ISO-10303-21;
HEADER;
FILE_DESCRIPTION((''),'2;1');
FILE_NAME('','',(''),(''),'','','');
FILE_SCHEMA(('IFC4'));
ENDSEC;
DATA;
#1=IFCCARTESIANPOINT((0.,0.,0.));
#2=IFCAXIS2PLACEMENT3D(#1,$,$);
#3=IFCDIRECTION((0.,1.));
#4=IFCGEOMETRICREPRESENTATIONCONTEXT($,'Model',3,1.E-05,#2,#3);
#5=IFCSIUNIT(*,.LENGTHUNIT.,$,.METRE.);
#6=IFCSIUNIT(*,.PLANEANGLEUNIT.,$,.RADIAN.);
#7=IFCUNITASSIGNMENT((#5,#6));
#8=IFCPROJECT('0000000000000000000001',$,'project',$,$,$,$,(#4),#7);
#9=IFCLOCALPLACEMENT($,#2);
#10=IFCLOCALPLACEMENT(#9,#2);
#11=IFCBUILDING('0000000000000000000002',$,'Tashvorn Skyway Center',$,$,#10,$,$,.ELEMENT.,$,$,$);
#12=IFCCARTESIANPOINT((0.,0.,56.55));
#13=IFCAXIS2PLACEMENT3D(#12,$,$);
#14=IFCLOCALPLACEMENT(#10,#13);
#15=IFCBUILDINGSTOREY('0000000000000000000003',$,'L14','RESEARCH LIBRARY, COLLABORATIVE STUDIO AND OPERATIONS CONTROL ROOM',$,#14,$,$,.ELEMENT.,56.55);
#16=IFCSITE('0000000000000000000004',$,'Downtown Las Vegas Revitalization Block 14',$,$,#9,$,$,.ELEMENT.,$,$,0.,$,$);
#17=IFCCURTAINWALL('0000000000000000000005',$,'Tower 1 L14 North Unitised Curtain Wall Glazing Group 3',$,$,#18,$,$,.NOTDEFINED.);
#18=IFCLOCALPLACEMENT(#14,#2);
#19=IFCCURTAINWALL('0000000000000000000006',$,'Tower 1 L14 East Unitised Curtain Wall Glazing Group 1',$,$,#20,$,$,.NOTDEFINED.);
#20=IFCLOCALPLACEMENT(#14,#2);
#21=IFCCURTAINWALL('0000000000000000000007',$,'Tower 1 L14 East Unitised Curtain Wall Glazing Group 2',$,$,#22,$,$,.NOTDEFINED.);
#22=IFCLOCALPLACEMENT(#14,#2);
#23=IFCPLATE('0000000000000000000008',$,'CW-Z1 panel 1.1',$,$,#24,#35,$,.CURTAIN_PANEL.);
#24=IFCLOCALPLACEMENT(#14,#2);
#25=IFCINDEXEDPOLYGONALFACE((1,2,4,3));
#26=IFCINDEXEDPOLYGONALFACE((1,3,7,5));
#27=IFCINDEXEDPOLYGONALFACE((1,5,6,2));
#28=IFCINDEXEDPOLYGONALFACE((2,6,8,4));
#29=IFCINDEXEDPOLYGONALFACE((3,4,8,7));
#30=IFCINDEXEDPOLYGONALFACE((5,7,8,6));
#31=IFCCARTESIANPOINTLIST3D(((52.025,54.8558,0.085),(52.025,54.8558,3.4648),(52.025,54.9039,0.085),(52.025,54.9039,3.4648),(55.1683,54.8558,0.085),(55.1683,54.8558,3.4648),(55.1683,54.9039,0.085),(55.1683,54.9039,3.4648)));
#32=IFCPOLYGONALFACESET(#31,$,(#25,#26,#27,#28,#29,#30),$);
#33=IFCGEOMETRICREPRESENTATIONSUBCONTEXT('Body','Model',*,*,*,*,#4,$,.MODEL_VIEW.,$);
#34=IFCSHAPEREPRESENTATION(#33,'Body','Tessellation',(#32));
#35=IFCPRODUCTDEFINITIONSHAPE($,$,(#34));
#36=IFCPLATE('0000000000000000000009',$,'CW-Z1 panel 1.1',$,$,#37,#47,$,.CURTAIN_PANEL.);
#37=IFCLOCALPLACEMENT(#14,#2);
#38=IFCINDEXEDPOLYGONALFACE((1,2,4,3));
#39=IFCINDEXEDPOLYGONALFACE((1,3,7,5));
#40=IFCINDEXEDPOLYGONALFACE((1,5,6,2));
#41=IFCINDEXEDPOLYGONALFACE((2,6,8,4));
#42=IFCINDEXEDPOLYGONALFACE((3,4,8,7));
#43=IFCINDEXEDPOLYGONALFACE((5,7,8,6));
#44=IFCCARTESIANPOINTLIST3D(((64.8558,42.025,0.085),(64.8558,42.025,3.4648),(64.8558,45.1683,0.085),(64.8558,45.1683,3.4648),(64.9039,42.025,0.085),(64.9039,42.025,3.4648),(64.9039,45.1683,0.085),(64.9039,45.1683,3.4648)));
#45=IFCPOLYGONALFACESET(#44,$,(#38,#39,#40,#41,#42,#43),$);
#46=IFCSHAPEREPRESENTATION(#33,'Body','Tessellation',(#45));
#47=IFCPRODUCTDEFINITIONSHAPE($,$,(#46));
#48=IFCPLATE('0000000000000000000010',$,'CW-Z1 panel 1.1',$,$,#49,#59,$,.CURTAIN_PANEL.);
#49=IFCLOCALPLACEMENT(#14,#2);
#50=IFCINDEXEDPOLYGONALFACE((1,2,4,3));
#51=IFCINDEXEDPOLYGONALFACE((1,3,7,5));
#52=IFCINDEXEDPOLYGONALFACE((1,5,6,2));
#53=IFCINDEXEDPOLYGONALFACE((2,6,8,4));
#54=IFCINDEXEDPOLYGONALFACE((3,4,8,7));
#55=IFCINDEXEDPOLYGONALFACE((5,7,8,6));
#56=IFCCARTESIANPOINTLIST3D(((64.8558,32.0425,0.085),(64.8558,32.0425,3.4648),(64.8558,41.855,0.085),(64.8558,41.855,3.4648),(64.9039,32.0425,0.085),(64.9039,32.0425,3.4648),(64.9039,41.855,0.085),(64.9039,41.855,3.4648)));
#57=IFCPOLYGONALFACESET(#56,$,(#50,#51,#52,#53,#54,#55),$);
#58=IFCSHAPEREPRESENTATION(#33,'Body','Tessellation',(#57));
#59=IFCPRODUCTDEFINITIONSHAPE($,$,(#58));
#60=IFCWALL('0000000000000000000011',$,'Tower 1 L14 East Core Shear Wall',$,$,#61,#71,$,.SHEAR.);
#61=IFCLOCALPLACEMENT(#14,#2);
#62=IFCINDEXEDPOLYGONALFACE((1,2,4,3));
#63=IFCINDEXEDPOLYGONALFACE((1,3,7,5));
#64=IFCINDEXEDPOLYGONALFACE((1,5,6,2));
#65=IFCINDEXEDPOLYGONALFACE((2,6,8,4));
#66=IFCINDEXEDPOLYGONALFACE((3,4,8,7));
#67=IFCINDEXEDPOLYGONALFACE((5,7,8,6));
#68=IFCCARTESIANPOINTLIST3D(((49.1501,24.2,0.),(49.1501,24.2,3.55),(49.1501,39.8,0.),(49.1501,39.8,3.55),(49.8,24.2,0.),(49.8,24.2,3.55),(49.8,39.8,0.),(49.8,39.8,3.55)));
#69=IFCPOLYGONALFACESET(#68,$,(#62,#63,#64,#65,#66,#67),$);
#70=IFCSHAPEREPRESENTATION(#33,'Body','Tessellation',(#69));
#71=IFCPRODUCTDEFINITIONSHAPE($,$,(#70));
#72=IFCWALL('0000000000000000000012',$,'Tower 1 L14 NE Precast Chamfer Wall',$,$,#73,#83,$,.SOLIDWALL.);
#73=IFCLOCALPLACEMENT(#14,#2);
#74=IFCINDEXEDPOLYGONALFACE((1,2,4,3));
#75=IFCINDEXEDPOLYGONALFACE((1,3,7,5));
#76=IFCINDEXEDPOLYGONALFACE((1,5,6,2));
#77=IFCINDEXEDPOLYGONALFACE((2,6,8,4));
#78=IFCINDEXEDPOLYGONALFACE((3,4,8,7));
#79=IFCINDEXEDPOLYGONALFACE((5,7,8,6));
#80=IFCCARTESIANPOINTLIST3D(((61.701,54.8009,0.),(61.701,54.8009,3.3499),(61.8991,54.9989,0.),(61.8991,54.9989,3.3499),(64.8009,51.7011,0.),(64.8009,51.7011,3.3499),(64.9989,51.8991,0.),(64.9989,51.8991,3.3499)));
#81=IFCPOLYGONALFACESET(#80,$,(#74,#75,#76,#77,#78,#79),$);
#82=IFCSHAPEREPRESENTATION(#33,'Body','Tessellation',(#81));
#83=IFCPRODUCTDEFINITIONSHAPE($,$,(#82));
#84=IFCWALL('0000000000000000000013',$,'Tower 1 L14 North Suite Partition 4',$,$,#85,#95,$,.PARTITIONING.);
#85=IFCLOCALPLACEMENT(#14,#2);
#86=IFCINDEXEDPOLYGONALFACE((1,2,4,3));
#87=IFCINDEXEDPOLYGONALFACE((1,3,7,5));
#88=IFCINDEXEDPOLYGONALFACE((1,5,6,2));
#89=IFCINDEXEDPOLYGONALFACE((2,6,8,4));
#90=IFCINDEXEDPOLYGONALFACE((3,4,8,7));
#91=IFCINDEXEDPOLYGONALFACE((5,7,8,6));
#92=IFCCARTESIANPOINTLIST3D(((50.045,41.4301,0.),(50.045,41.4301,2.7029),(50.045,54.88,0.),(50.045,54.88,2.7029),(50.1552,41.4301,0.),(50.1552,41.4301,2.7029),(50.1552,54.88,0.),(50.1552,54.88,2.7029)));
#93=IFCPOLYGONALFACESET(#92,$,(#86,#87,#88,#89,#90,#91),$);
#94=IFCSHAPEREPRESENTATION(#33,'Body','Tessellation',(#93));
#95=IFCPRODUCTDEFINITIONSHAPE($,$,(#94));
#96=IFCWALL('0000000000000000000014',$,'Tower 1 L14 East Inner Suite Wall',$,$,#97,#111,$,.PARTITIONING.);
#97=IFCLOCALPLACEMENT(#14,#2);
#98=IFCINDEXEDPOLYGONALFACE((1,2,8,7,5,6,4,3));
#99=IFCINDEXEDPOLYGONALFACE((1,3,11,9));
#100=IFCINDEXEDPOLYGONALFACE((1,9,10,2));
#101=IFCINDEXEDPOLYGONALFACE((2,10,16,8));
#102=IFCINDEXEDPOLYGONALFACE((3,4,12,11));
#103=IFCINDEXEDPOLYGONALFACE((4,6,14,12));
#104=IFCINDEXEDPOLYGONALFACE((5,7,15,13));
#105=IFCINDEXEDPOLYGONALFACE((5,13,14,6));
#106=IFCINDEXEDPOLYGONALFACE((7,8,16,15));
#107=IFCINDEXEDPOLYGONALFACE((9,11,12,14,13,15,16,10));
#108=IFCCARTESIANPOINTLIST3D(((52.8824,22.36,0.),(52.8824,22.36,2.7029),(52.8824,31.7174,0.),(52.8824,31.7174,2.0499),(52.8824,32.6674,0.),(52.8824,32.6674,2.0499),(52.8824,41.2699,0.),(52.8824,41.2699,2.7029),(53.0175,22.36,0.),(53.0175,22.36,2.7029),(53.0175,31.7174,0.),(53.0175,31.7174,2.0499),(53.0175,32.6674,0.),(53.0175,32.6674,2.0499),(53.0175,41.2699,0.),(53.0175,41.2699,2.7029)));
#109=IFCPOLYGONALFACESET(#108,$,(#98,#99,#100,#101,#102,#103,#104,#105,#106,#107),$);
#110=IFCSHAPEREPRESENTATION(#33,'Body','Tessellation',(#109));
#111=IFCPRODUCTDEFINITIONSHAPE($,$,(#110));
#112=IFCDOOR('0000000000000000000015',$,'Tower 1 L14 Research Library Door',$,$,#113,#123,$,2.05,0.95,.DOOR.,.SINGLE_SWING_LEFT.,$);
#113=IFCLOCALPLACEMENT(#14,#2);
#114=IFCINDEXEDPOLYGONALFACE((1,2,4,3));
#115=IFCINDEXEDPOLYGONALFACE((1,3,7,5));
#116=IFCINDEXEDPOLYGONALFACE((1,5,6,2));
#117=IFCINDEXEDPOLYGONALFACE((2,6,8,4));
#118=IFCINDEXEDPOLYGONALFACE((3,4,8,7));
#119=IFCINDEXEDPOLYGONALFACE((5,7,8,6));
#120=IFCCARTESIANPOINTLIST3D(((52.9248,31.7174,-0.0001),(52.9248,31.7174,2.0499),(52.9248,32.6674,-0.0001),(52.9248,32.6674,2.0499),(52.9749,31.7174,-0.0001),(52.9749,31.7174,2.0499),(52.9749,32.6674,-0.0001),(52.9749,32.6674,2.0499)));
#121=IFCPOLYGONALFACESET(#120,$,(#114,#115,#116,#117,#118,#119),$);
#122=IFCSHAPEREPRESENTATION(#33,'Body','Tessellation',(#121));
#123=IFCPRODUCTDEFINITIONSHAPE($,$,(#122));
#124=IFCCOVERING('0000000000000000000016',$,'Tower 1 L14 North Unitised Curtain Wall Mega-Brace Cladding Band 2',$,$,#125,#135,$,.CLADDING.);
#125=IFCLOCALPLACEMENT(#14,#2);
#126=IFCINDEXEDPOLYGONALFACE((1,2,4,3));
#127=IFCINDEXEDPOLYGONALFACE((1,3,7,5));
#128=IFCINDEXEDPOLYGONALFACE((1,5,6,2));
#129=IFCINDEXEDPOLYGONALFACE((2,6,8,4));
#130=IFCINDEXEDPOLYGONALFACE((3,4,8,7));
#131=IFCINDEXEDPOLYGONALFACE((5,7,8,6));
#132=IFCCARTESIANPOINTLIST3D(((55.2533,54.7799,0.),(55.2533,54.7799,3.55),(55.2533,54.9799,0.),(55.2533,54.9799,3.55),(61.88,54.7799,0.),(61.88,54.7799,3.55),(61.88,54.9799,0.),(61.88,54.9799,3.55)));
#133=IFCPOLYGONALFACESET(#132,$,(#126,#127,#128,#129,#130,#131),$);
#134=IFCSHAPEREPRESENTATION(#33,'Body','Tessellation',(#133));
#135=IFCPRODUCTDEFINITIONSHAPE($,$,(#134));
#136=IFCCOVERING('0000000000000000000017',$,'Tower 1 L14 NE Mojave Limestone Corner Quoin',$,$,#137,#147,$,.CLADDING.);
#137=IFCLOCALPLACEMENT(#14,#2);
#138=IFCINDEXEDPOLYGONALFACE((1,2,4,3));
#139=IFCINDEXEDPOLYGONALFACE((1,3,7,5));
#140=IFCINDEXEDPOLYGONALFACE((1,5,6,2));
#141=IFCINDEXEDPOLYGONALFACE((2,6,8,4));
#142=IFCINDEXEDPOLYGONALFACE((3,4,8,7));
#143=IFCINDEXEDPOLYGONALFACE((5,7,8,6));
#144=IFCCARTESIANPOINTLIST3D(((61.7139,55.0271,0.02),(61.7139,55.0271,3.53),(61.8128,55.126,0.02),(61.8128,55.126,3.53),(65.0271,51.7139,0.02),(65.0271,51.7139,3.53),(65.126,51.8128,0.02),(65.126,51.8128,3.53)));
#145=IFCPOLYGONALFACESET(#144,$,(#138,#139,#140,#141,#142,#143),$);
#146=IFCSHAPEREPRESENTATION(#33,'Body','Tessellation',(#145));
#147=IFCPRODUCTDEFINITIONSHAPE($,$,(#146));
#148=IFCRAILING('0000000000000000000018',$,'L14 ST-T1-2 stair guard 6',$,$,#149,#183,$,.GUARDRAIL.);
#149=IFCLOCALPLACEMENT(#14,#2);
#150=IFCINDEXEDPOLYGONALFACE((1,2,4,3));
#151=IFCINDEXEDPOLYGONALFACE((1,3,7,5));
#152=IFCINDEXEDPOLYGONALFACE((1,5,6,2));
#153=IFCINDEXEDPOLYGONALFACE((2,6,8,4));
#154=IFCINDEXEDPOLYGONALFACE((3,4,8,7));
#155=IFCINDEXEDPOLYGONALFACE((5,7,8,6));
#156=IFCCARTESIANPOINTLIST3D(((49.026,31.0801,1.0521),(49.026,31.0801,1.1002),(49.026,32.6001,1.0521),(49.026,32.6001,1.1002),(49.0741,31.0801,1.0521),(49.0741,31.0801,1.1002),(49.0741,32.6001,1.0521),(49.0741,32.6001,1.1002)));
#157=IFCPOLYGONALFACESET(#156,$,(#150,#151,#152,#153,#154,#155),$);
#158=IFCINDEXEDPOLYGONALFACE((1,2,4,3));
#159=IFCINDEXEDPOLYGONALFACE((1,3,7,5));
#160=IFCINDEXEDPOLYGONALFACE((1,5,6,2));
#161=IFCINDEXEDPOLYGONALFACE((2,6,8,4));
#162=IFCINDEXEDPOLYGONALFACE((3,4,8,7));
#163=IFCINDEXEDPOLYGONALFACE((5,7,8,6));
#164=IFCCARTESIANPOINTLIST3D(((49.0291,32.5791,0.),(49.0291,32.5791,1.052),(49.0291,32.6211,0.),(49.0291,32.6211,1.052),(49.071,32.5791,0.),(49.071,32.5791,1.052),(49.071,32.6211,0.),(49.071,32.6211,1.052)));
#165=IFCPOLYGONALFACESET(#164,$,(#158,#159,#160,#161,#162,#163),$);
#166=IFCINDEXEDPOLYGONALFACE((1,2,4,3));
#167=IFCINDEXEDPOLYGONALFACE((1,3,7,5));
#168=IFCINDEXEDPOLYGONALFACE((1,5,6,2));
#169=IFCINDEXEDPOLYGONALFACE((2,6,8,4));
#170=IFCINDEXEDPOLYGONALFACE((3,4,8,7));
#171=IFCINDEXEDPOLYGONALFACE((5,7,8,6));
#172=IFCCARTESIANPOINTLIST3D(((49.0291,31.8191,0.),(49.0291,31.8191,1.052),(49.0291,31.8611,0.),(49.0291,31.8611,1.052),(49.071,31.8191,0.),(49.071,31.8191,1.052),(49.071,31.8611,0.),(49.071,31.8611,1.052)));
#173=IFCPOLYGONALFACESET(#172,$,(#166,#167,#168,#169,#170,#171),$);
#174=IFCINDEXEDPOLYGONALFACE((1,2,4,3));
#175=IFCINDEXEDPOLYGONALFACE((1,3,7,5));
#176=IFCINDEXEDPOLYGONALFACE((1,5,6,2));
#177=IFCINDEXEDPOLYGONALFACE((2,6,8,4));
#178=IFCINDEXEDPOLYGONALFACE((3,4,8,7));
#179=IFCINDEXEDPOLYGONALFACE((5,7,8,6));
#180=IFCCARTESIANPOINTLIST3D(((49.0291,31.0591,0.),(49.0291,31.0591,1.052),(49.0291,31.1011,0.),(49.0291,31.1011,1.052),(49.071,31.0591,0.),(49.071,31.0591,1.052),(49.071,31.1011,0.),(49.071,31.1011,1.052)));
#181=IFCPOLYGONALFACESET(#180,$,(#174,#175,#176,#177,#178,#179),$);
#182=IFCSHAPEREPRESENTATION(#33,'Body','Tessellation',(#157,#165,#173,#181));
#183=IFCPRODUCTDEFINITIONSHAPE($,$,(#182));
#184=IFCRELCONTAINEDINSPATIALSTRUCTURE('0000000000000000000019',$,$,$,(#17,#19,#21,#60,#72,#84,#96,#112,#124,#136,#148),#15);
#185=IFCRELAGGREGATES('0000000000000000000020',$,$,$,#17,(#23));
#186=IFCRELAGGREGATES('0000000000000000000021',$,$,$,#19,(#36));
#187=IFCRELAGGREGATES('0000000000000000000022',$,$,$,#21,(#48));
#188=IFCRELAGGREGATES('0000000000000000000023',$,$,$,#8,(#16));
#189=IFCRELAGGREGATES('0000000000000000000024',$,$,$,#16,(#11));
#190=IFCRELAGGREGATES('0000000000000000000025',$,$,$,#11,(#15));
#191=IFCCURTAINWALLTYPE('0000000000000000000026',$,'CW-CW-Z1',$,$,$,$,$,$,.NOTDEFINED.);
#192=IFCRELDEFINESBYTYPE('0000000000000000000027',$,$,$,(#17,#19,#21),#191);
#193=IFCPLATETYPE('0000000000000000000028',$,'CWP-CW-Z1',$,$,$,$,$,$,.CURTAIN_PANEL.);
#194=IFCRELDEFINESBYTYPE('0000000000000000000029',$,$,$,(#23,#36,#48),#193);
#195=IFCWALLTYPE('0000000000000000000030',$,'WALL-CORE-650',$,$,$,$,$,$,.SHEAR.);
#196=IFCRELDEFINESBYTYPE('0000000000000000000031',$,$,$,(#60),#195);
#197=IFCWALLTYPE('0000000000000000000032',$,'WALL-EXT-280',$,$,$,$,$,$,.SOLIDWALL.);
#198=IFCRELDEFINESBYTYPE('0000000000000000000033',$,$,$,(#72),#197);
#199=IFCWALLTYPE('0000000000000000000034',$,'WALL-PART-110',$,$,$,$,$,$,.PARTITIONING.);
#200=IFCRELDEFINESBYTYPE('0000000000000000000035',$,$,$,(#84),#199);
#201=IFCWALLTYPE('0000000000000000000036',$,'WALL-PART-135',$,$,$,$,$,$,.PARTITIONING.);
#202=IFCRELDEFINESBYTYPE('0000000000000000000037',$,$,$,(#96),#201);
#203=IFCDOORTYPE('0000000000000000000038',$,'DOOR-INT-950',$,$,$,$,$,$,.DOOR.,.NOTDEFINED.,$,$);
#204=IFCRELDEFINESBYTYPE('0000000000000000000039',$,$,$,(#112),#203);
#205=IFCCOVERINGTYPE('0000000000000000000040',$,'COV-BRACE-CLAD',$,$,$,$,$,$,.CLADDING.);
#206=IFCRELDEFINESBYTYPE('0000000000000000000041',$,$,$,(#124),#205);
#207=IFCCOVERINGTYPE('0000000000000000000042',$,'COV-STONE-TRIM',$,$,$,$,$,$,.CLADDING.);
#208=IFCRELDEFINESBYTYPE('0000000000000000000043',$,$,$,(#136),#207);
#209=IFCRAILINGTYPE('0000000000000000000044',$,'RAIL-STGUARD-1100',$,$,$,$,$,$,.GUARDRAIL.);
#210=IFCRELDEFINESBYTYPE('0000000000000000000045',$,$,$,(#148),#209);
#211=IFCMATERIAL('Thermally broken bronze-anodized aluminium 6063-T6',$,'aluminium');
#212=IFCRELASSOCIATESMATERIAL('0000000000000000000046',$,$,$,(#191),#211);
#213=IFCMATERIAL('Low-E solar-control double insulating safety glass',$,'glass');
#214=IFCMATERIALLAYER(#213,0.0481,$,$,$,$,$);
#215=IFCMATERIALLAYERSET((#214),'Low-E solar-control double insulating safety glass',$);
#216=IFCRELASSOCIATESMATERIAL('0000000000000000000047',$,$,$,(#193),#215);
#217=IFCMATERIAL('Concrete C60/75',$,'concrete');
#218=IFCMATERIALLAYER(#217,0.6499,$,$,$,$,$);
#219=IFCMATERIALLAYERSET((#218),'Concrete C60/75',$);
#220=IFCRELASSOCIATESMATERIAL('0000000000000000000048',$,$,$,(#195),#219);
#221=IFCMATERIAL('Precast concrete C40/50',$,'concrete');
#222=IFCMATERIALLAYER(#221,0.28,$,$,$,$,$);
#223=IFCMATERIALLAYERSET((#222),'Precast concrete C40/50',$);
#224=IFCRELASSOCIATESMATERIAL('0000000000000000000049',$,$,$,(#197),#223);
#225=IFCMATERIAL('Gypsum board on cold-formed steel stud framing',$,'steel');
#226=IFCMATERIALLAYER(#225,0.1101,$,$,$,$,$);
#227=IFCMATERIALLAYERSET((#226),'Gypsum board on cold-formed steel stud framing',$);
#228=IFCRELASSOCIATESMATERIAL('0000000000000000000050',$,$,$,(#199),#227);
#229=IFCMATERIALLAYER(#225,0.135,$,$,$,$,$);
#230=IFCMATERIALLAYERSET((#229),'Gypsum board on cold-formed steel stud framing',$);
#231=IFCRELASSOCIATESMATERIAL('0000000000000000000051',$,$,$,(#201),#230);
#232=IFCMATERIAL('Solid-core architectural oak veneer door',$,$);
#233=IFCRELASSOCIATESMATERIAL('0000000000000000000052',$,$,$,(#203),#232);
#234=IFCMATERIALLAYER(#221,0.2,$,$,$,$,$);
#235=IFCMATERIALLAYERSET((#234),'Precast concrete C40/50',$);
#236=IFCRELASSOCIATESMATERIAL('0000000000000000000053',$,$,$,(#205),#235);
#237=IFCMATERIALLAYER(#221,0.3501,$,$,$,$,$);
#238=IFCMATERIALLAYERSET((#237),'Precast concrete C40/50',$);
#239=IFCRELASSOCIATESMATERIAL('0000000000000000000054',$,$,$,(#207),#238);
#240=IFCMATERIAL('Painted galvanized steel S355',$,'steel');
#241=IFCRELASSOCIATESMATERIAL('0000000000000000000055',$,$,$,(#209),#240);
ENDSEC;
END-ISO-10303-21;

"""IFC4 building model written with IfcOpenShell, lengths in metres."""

from ifc_helpers import new_model, si_unit, direction, frame, frame_2d, origin, origin_2d, place, context, subcontext, project, spatial, rectangle, extrude, material, layer, layer_set, type_object, element, fill, aggregate, save


model = new_model("IFC4")

# Units and contexts
model_context = context("Model", 3, precision=1e-05, world=origin(), true_north=direction((0.0, 1.0)))
body_context = subcontext(model_context, "Body", "Model", "MODEL_VIEW")
ifc_project = project(units=[si_unit("LENGTHUNIT", "METRE"), si_unit("PLANEANGLEUNIT", "RADIAN")], contexts=[model_context])

# Site, building, storey
site_placement = place(None, origin())
site = spatial("IfcSite", under=ifc_project, at=site_placement, Name="Downtown Las Vegas Revitalization Block 14", CompositionType="ELEMENT", RefElevation=0.0)
building_placement = place(site_placement, origin())
building = spatial("IfcBuilding", under=site, at=building_placement, Name="Tashvorn Skyway Center", CompositionType="ELEMENT")
storey_placement = place(building_placement, frame((0.0, 0.0, 56.55)))
storey = spatial("IfcBuildingStorey", under=building, at=storey_placement, Name="L14", Description="RESEARCH LIBRARY, COLLABORATIVE STUDIO AND OPERATIONS CONTROL ROOM", CompositionType="ELEMENT", Elevation=56.55)

# Shared definitions
ifc_material_1 = material(Name="Thermally broken bronze-anodized aluminium 6063-T6", Category="aluminium")
curtain_wall_type = type_object("IfcCurtainWallType", Name="CW-CW-Z1", PredefinedType="NOTDEFINED", material=ifc_material_1)

# Curtain walls
curtain_wall_1_placement = place(storey_placement, origin())
curtain_wall_1 = element("IfcCurtainWall", 1, at=curtain_wall_1_placement, inside=storey, type_object=curtain_wall_type, Name="Tower 1 L14 North Unitised Curtain Wall Glazing Group 3", PredefinedType="NOTDEFINED")
curtain_wall_2_placement = place(storey_placement, origin())
curtain_wall_2 = element("IfcCurtainWall", 2, at=curtain_wall_2_placement, inside=storey, type_object=curtain_wall_type, Name="Tower 1 L14 East Unitised Curtain Wall Glazing Group 1", PredefinedType="NOTDEFINED")

# Curtain wall
curtain_wall_3_placement = place(storey_placement, origin())
curtain_wall_3 = element("IfcCurtainWall", 3, at=curtain_wall_3_placement, inside=storey, type_object=curtain_wall_type, Name="Tower 1 L14 East Unitised Curtain Wall Glazing Group 2", PredefinedType="NOTDEFINED")

# Plates
ifc_material_2 = material(Name="Low-E solar-control double insulating safety glass", Category="glass")
ifc_layer_1 = layer(ifc_material_2, 0.0481)
ifc_layer_set_1 = layer_set([ifc_layer_1], Name="Low-E solar-control double insulating safety glass")
plate_type = type_object("IfcPlateType", Name="CWP-CW-Z1", PredefinedType="CURTAIN_PANEL", material=ifc_layer_set_1)
plate_1_placement = place(storey_placement, frame((53.5967, 54.8799, 0.085), z_axis=(0.0, 0.0, 1.0), x_axis=(1.0, 0.0, 0.0)))
plate_1 = element("IfcPlate", 4, at=plate_1_placement, type_object=plate_type, Name="CW-Z1 panel 1.1", PredefinedType="CURTAIN_PANEL", context=body_context, shape_type="SweptSolid", body=[
    extrude(rectangle(XDim=3.1433, YDim=0.0481, at=origin_2d()), origin(), (0.0, 0.0, 1.0), 3.3799),
])
aggregate(curtain_wall_1, [plate_1])
plate_2_placement = place(storey_placement, frame((64.8799, 43.5967, 0.085), z_axis=(0.0, 0.0, 1.0), x_axis=(0.0, -1.0, 0.0)))
plate_2 = element("IfcPlate", 5, at=plate_2_placement, type_object=plate_type, Name="CW-Z1 panel 1.1", PredefinedType="CURTAIN_PANEL", context=body_context, shape_type="SweptSolid", body=[
    extrude(rectangle(XDim=3.1433, YDim=0.0481, at=origin_2d()), origin(), (0.0, 0.0, 1.0), 3.3799),
])
aggregate(curtain_wall_2, [plate_2])
plate_3_placement = place(storey_placement, frame((64.8799, 36.9487, 0.085), z_axis=(0.0, 0.0, 1.0), x_axis=(0.0, -1.0, 0.0)))
plate_3 = element("IfcPlate", 6, at=plate_3_placement, type_object=plate_type, Name="CW-Z1 panel 1.1", PredefinedType="CURTAIN_PANEL", context=body_context, shape_type="SweptSolid", body=[
    extrude(rectangle(XDim=9.8125, YDim=0.0481, at=origin_2d()), origin(), (0.0, 0.0, 1.0), 3.3799),
])
aggregate(curtain_wall_3, [plate_3])

# Walls
ifc_material_3 = material(Name="Concrete C60/75", Category="concrete")
ifc_layer_2 = layer(ifc_material_3, 0.6499)
ifc_layer_set_2 = layer_set([ifc_layer_2], Name="Concrete C60/75")
wall_type_1 = type_object("IfcWallType", Name="WALL-CORE-650", PredefinedType="SHEAR", material=ifc_layer_set_2)
wall_1_placement = place(storey_placement, frame((49.4751, 39.8, 0.0), z_axis=(0.0, 0.0, 1.0), x_axis=(0.0, -1.0, 0.0)))
element("IfcWall", 7, at=wall_1_placement, inside=storey, type_object=wall_type_1, Name="Tower 1 L14 East Core Shear Wall", PredefinedType="SHEAR", context=body_context, shape_type="SweptSolid", body=[
    extrude(rectangle(XDim=15.6001, YDim=0.6499, at=frame_2d((7.8, 0.0))), origin(), (0.0, 0.0, 1.0), 3.55),
])
ifc_material_4 = material(Name="Precast concrete C40/50", Category="concrete")
ifc_layer_3 = layer(ifc_material_4, 0.28)
ifc_layer_set_3 = layer_set([ifc_layer_3], Name="Precast concrete C40/50")
wall_type_2 = type_object("IfcWallType", Name="WALL-EXT-280", PredefinedType="SOLIDWALL", material=ifc_layer_set_3)
wall_2_placement = place(storey_placement, frame((61.8, 54.8999, 0.0), z_axis=(0.0, 0.0, 1.0), x_axis=(0.707107, -0.707107, 0.0)))
element("IfcWall", 8, at=wall_2_placement, inside=storey, type_object=wall_type_2, Name="Tower 1 L14 NE Precast Chamfer Wall", PredefinedType="SOLIDWALL", context=body_context, shape_type="SweptSolid", body=[
    extrude(rectangle(XDim=4.3838, YDim=0.28, at=frame_2d((2.1919, 0.0))), origin(), (0.0, 0.0, 1.0), 3.3499),
])
ifc_material_5 = material(Name="Gypsum board on cold-formed steel stud framing", Category="steel")
ifc_layer_4 = layer(ifc_material_5, 0.1101)
ifc_layer_set_4 = layer_set([ifc_layer_4], Name="Gypsum board on cold-formed steel stud framing")
wall_type_3 = type_object("IfcWallType", Name="WALL-PART-110", PredefinedType="PARTITIONING", material=ifc_layer_set_4)
wall_3_placement = place(storey_placement, frame((50.1001, 41.4299, 0.0), z_axis=(0.0, 0.0, 1.0), x_axis=(0.0, 1.0, 0.0)))
element("IfcWall", 9, at=wall_3_placement, inside=storey, type_object=wall_type_3, Name="Tower 1 L14 North Suite Partition 4", PredefinedType="PARTITIONING", context=body_context, shape_type="SweptSolid", body=[
    extrude(rectangle(XDim=13.45, YDim=0.1101, at=frame_2d((6.7251, 0.0))), origin(), (0.0, 0.0, 1.0), 2.7029),
])

# Wall, opening, door
ifc_layer_5 = layer(ifc_material_5, 0.135)
ifc_layer_set_5 = layer_set([ifc_layer_5], Name="Gypsum board on cold-formed steel stud framing")
wall_type_4 = type_object("IfcWallType", Name="WALL-PART-135", PredefinedType="PARTITIONING", material=ifc_layer_set_5)
wall_4_placement = place(storey_placement, frame((52.95, 41.27, 0.0), z_axis=(0.0, 0.0, 1.0), x_axis=(0.0, -1.0, 0.0)))
wall_4 = element("IfcWall", 10, at=wall_4_placement, inside=storey, type_object=wall_type_4, Name="Tower 1 L14 East Inner Suite Wall", PredefinedType="PARTITIONING", context=body_context, shape_type="SweptSolid", body=[
    extrude(rectangle(XDim=18.9099, YDim=0.135, at=frame_2d((9.4551, 0.0))), origin(), (0.0, 0.0, 1.0), 2.7029),
])
opening_placement = place(wall_4_placement, frame((8.6025, 0.0, 0.0)))
opening = element("IfcOpeningElement", 11, at=opening_placement, cuts=wall_4, PredefinedType="OPENING", context=body_context, shape_type="SweptSolid", body=[
    extrude(rectangle(XDim=0.95, YDim=2.05, at=frame_2d((0.4751, 1.0249))), frame((0.0, 0.0774, 0.0), z_axis=(0.0, -1.0, 0.0), x_axis=(1.0, 0.0, 0.0)), (0.0, 0.0, 1.0), 0.155),
])
ifc_material_6 = material(Name="Solid-core architectural oak veneer door")
door_type = type_object("IfcDoorType", Name="DOOR-INT-950", OperationType="NOTDEFINED", PredefinedType="DOOR", material=ifc_material_6)
door_placement = place(opening_placement, origin())
door = element("IfcDoor", 12, at=door_placement, inside=storey, type_object=door_type, Name="Tower 1 L14 Research Library Door", OperationType="SINGLE_SWING_LEFT", OverallHeight=2.05, OverallWidth=0.95, PredefinedType="DOOR", context=body_context, shape_type="SweptSolid", body=[
    extrude(rectangle(XDim=0.95, YDim=2.05, at=frame_2d((0.4751, 1.0249))), frame((0.0, 0.0249, 0.0), z_axis=(0.0, -1.0, 0.0), x_axis=(1.0, 0.0, 0.0)), (0.0, 0.0, 1.0), 0.05),
])
fill(opening, door)

# Coverings
ifc_layer_6 = layer(ifc_material_4, 0.2)
ifc_layer_set_6 = layer_set([ifc_layer_6], Name="Precast concrete C40/50")
covering_type_1 = type_object("IfcCoveringType", Name="COV-BRACE-CLAD", PredefinedType="CLADDING", material=ifc_layer_set_6)
covering_1_placement = place(storey_placement, frame((58.5667, 54.8799, 0.0), z_axis=(0.0, 0.0, 1.0), x_axis=(1.0, 0.0, 0.0)))
element("IfcCovering", 13, at=covering_1_placement, inside=storey, type_object=covering_type_1, Name="Tower 1 L14 North Unitised Curtain Wall Mega-Brace Cladding Band 2", PredefinedType="CLADDING", context=body_context, shape_type="SweptSolid", body=[
    extrude(rectangle(XDim=6.6267, YDim=0.2, at=origin_2d()), origin(), (0.0, 0.0, 1.0), 3.55),
])
ifc_layer_7 = layer(ifc_material_4, 0.3501)
ifc_layer_set_7 = layer_set([ifc_layer_7], Name="Precast concrete C40/50")
covering_type_2 = type_object("IfcCoveringType", Name="COV-STONE-TRIM", PredefinedType="CLADDING", material=ifc_layer_set_7)
covering_2_placement = place(storey_placement, frame((63.4199, 53.4199, 0.02), z_axis=(0.0, 0.0, 1.0), x_axis=(0.707107, -0.707107, 0.0)))
element("IfcCovering", 14, at=covering_2_placement, inside=storey, type_object=covering_type_2, Name="Tower 1 L14 NE Mojave Limestone Corner Quoin", PredefinedType="CLADDING", context=body_context, shape_type="SweptSolid", body=[
    extrude(rectangle(XDim=4.6855, YDim=0.1399, at=origin_2d()), origin(), (0.0, 0.0, 1.0), 3.51),
])

# Railing
ifc_material_7 = material(Name="Painted galvanized steel S355", Category="steel")
railing_type = type_object("IfcRailingType", Name="RAIL-STGUARD-1100", PredefinedType="GUARDRAIL", material=ifc_material_7)
railing_placement = place(storey_placement, frame((49.05, 32.6001, 0.0)))
element("IfcRailing", 15, at=railing_placement, inside=storey, type_object=railing_type, Name="L14 ST-T1-2 stair guard 6", PredefinedType="GUARDRAIL", context=body_context, shape_type="SweptSolid", body=[
    extrude(rectangle(XDim=0.0481, YDim=0.0481, at=origin_2d()), frame((0.0, 0.0, 1.0762), z_axis=(0.0, -1.0, 0.0), x_axis=(1.0, 0.0, 0.0)), (0.0, 0.0, 1.0), 1.52),
    extrude(rectangle(XDim=0.042, YDim=0.042, at=origin_2d()), origin(), (0.0, 0.0, 1.0), 1.052),
    extrude(rectangle(XDim=0.042, YDim=0.042, at=origin_2d()), frame((0.0, -0.76, 0.0)), (0.0, 0.0, 1.0), 1.052),
    extrude(rectangle(XDim=0.042, YDim=0.042, at=origin_2d()), frame((0.0, -1.52, 0.0)), (0.0, 0.0, 1.0), 1.052),
])

save(model, "model.ifc")
